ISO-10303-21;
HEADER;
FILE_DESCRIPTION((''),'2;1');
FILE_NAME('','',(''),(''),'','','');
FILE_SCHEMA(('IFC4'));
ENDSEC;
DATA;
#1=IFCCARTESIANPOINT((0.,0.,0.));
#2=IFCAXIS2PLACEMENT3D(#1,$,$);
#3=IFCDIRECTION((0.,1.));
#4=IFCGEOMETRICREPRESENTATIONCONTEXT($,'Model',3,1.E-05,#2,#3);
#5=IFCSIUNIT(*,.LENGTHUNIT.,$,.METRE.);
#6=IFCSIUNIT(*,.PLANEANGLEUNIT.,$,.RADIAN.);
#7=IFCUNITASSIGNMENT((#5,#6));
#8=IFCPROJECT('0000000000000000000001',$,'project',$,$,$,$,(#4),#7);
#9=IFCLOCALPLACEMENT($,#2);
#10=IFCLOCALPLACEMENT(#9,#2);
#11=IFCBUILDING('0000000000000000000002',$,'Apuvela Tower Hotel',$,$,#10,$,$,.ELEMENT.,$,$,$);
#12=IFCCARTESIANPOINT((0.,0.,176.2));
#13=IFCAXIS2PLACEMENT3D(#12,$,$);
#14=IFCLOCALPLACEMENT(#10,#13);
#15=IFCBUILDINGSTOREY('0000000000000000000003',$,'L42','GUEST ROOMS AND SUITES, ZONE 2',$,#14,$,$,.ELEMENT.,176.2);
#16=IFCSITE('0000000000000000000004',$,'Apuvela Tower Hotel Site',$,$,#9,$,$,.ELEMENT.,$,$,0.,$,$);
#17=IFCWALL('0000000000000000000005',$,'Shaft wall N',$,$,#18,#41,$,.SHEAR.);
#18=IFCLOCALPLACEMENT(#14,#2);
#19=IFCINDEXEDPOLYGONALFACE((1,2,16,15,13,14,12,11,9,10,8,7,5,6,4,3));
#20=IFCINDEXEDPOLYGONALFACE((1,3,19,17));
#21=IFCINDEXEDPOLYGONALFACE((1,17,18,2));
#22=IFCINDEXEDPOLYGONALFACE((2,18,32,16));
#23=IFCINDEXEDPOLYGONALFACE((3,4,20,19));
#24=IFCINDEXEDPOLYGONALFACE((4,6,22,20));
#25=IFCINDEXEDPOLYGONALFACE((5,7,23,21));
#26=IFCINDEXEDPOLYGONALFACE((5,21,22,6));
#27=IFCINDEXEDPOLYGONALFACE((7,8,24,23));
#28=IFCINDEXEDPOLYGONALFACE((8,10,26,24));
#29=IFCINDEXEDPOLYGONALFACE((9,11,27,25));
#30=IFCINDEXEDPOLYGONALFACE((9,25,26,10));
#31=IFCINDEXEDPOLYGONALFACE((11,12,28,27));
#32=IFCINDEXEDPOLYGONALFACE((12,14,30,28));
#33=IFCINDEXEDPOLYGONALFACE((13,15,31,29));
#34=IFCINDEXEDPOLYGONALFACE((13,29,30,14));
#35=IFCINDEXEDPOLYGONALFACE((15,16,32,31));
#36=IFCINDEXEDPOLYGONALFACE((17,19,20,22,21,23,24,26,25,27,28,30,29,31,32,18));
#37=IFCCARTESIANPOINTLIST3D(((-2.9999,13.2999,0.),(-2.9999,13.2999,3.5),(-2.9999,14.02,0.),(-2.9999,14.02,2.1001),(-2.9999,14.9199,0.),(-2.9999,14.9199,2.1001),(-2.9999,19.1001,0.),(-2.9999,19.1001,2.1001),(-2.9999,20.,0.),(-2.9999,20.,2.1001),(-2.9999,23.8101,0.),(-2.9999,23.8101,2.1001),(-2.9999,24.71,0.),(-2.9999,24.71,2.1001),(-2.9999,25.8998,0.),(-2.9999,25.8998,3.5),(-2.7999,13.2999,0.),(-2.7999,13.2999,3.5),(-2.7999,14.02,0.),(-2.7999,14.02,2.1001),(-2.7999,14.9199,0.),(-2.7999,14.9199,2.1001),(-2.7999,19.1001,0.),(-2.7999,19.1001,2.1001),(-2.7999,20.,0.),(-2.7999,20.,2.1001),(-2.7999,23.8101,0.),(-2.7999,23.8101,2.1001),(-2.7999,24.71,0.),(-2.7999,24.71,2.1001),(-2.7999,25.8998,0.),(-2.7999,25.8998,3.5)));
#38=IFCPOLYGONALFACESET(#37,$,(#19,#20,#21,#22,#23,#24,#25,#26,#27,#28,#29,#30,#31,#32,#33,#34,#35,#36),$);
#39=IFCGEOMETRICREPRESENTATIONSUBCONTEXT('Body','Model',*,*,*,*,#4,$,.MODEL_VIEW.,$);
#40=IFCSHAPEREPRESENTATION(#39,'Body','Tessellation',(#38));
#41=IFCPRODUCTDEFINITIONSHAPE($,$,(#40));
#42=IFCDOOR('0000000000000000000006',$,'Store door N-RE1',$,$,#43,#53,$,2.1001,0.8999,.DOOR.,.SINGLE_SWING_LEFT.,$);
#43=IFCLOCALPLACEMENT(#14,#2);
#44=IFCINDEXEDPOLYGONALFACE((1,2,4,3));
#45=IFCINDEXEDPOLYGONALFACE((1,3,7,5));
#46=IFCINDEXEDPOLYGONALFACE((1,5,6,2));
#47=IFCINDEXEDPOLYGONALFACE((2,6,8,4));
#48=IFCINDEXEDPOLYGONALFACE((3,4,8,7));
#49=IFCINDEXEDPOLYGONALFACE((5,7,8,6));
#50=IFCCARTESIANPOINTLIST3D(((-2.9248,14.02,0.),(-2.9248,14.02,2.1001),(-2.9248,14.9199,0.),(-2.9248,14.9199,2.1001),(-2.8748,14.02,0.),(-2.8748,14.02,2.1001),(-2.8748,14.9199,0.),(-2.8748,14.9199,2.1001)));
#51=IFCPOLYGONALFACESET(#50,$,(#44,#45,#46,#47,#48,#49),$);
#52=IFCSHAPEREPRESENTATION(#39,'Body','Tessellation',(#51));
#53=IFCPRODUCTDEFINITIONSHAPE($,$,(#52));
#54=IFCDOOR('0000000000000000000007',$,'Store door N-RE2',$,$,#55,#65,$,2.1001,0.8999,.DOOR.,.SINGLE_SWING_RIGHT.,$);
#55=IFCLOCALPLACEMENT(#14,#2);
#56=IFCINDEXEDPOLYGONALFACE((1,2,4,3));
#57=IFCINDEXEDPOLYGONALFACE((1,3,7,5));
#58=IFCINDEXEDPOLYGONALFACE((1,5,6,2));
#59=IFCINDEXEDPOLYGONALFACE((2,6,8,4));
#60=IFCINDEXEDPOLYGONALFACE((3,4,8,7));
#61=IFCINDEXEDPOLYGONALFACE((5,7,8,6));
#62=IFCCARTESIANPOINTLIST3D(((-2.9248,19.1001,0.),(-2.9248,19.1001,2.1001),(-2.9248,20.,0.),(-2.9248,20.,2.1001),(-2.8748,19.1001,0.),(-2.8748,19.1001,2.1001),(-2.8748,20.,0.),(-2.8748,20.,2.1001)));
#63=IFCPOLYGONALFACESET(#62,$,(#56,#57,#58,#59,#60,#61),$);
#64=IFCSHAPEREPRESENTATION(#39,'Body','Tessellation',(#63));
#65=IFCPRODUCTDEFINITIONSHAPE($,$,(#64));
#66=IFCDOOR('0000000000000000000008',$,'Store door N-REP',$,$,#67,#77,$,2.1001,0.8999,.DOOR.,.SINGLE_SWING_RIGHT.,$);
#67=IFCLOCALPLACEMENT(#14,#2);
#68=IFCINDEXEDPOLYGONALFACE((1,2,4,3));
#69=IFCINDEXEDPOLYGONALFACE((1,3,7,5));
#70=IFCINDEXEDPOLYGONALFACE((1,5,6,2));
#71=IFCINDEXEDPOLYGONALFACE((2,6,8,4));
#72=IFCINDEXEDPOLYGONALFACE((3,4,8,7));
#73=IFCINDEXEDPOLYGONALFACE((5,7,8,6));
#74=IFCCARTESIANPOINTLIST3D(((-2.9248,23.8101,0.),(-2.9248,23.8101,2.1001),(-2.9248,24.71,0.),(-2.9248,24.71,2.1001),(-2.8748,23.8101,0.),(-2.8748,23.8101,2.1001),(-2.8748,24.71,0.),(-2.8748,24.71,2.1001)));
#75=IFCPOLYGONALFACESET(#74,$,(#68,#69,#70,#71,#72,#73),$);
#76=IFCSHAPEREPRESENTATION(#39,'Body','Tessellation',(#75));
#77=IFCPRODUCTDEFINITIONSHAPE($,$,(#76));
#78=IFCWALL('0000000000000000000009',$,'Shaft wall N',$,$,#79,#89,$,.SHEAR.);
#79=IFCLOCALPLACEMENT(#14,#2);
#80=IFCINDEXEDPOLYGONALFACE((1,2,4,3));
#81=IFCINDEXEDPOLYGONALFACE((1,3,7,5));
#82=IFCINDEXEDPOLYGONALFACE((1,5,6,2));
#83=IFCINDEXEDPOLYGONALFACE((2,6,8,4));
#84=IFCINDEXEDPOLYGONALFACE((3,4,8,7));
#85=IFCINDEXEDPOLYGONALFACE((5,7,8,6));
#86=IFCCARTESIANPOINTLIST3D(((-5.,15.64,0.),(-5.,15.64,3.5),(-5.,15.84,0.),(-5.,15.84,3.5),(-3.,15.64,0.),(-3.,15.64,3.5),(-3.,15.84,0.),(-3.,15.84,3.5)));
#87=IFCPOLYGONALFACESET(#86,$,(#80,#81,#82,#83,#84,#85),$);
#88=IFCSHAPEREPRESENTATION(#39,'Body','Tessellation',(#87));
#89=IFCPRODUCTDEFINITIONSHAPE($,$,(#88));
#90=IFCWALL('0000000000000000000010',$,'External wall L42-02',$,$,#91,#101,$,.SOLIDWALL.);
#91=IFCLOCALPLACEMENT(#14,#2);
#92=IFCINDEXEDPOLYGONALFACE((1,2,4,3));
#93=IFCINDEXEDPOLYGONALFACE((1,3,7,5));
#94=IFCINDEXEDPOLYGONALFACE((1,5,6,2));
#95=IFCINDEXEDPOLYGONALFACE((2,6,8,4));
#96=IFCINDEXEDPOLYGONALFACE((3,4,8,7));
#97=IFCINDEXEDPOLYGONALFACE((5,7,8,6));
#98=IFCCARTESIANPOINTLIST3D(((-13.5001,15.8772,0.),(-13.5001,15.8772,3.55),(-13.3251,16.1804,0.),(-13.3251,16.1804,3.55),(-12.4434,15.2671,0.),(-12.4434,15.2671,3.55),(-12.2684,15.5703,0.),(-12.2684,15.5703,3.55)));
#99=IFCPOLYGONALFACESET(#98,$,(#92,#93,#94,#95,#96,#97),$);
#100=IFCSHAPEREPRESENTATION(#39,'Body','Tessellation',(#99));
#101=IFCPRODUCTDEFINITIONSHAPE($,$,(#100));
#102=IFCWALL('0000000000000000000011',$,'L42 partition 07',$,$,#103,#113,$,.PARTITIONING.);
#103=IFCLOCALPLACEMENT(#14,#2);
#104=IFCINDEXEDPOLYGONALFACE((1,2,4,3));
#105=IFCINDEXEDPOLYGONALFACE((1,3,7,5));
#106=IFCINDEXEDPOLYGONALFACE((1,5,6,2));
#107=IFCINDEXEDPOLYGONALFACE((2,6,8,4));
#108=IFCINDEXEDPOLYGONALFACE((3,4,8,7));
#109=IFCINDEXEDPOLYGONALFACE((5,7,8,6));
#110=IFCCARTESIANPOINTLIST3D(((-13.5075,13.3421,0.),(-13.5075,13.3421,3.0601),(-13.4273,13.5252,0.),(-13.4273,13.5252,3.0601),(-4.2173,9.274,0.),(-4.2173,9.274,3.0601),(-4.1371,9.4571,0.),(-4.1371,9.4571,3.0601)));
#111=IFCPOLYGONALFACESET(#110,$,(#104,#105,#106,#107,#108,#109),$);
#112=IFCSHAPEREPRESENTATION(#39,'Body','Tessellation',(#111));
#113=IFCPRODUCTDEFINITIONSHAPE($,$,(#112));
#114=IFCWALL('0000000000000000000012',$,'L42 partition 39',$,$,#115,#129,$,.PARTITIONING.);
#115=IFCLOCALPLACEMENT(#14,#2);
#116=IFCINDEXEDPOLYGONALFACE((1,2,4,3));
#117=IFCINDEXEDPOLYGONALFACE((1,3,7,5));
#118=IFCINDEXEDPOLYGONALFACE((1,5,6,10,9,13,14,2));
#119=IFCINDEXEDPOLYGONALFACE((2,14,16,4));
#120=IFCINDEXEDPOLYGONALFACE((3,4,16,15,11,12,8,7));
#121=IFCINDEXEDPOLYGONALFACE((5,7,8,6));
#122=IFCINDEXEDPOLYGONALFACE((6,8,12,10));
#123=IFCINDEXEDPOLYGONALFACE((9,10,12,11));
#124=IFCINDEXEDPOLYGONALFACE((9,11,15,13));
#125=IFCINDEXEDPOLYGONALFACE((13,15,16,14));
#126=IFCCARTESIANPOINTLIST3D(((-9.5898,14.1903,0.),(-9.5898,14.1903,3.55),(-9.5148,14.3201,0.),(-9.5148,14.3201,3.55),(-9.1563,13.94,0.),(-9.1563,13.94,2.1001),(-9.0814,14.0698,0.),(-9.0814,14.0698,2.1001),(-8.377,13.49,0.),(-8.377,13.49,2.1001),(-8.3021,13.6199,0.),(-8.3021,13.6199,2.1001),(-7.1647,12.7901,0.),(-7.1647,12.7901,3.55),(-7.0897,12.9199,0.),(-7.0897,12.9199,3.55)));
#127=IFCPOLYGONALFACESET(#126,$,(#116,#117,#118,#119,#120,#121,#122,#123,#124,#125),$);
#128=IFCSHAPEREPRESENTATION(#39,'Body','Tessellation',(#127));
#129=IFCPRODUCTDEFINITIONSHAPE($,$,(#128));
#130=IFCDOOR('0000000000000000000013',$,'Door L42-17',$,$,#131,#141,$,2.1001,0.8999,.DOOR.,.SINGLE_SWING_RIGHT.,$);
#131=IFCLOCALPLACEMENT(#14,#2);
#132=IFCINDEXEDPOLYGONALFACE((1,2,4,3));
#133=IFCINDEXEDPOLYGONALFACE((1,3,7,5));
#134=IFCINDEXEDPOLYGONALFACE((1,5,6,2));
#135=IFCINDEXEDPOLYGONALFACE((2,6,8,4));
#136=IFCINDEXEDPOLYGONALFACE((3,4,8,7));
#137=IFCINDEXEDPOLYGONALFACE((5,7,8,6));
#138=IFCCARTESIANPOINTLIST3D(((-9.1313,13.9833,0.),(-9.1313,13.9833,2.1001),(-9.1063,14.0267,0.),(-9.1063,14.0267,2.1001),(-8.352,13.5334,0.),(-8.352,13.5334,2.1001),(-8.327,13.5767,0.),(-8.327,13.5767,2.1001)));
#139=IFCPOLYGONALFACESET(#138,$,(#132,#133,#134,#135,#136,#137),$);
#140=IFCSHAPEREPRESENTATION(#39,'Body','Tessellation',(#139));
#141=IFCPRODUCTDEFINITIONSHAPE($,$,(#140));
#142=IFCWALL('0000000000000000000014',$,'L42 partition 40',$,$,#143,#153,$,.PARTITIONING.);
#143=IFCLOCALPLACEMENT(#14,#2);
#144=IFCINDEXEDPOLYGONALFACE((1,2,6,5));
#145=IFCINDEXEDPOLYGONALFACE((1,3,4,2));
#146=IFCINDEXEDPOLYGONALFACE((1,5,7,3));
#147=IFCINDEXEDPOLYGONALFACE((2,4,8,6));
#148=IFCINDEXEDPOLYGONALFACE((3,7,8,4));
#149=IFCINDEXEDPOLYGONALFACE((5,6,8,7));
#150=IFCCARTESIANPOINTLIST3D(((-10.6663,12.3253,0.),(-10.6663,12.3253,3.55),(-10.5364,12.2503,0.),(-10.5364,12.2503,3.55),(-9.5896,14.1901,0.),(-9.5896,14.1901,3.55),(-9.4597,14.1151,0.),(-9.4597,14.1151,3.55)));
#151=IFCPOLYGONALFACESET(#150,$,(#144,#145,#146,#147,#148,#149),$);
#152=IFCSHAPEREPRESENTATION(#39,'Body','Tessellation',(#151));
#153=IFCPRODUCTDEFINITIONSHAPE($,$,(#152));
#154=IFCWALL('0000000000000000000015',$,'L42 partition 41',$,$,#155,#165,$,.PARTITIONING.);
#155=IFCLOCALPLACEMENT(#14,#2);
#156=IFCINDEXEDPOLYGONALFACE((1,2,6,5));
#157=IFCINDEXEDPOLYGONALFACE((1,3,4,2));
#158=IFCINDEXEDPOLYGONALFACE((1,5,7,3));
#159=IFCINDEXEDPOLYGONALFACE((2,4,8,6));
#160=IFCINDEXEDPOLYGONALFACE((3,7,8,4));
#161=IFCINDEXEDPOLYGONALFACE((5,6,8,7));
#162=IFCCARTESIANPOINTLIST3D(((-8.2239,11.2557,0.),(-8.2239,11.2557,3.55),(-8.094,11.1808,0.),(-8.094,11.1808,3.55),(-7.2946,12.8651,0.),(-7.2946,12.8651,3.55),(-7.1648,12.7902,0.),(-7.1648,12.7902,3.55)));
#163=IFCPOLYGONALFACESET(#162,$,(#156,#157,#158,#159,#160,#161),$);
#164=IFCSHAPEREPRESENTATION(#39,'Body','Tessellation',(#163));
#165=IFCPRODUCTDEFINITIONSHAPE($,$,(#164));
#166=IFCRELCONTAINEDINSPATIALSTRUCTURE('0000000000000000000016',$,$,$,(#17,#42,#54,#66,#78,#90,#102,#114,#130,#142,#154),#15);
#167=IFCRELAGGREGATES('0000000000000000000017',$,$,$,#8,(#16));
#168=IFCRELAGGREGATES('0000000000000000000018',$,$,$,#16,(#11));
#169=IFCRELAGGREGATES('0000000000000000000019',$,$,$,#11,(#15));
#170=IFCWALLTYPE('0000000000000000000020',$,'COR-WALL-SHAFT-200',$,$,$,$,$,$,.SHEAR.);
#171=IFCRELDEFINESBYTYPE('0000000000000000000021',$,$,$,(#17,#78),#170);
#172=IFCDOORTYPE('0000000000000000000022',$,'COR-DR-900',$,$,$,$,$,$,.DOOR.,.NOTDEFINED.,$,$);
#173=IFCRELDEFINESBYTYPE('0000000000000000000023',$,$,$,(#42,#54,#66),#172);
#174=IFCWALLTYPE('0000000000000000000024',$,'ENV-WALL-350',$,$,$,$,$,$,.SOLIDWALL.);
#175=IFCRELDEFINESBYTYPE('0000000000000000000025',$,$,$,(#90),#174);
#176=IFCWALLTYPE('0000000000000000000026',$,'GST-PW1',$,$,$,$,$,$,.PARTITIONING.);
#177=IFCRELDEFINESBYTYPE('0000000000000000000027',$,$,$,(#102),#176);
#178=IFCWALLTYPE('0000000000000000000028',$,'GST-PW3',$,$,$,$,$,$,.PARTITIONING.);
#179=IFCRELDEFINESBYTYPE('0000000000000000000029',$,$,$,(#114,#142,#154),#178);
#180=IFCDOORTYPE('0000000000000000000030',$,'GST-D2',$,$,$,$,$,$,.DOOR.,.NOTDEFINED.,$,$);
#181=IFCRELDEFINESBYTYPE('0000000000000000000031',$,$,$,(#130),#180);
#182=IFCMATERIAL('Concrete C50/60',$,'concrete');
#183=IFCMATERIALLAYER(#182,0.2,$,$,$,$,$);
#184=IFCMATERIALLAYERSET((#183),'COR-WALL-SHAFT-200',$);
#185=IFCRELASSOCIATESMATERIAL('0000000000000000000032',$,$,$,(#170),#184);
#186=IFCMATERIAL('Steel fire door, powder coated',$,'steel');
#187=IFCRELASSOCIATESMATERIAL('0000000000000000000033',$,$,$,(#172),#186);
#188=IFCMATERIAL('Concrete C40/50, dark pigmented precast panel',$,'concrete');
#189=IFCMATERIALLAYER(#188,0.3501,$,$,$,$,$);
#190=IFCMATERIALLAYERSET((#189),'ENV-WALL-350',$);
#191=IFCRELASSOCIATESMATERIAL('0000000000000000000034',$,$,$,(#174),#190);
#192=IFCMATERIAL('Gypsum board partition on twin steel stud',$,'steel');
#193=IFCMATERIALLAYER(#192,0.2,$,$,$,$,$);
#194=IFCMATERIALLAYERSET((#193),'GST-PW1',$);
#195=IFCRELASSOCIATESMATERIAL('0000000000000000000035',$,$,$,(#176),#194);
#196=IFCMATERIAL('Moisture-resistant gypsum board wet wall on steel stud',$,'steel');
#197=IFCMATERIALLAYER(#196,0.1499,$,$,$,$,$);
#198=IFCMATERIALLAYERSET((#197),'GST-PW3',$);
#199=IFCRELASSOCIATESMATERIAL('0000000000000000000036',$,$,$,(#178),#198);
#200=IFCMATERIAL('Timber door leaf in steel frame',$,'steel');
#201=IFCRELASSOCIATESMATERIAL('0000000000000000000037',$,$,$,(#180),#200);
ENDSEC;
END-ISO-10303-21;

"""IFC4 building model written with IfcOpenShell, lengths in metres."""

from ifc_helpers import new_model, si_unit, direction, frame, frame_2d, origin, place, context, subcontext, project, spatial, rectangle, extrude, material, layer, layer_set, type_object, element, fill, save


model = new_model("IFC4")

# Units and contexts
model_context = context("Model", 3, precision=1e-05, world=origin(), true_north=direction((0.0, 1.0)))
body_context = subcontext(model_context, "Body", "Model", "MODEL_VIEW")
ifc_project = project(units=[si_unit("LENGTHUNIT", "METRE"), si_unit("PLANEANGLEUNIT", "RADIAN")], contexts=[model_context])

# Site, building, storey
site_placement = place(None, origin())
site = spatial("IfcSite", under=ifc_project, at=site_placement, Name="Apuvela Tower Hotel Site", CompositionType="ELEMENT", RefElevation=0.0)
building_placement = place(site_placement, origin())
building = spatial("IfcBuilding", under=site, at=building_placement, Name="Apuvela Tower Hotel", CompositionType="ELEMENT")
storey_placement = place(building_placement, frame((0.0, 0.0, 176.2)))
storey = spatial("IfcBuildingStorey", under=building, at=storey_placement, Name="L42", Description="GUEST ROOMS AND SUITES, ZONE 2", CompositionType="ELEMENT", Elevation=176.2)

# Shared definitions
ifc_material_1 = material(Name="Concrete C50/60", Category="concrete")
ifc_layer_1 = layer(ifc_material_1, 0.2)
ifc_layer_set_1 = layer_set([ifc_layer_1], Name="COR-WALL-SHAFT-200")
wall_type_1 = type_object("IfcWallType", Name="COR-WALL-SHAFT-200", PredefinedType="SHEAR", material=ifc_layer_set_1)

# Wall, openings, doors
wall_1_placement = place(storey_placement, frame((-2.8999, 13.3, 0.0), z_axis=(0.0, 0.0, 1.0), x_axis=(0.0, 1.0, 0.0)))
wall_1 = element("IfcWall", 1, at=wall_1_placement, inside=storey, type_object=wall_type_1, Name="Shaft wall N", PredefinedType="SHEAR", context=body_context, shape_type="SweptSolid", body=[
    extrude(rectangle(XDim=12.5999, YDim=0.2, at=frame_2d((6.2998, 0.0))), origin(), (0.0, 0.0, 1.0), 3.5),
])
opening_1_placement = place(wall_1_placement, frame((0.72, 0.0, 0.0)))
opening_1 = element("IfcOpeningElement", 2, at=opening_1_placement, cuts=wall_1, PredefinedType="OPENING", context=body_context, shape_type="SweptSolid", body=[
    extrude(rectangle(XDim=0.8999, YDim=2.1001, at=frame_2d((0.45, 1.05))), frame((0.0, 0.1099, 0.0), z_axis=(0.0, -1.0, 0.0), x_axis=(1.0, 0.0, 0.0)), (0.0, 0.0, 1.0), 0.22),
])
opening_2_placement = place(wall_1_placement, frame((5.8, 0.0, 0.0)))
opening_2 = element("IfcOpeningElement", 3, at=opening_2_placement, cuts=wall_1, PredefinedType="OPENING", context=body_context, shape_type="SweptSolid", body=[
    extrude(rectangle(XDim=0.8999, YDim=2.1001, at=frame_2d((0.45, 1.05))), frame((0.0, 0.1099, 0.0), z_axis=(0.0, -1.0, 0.0), x_axis=(1.0, 0.0, 0.0)), (0.0, 0.0, 1.0), 0.22),
])
opening_3_placement = place(wall_1_placement, frame((10.51, 0.0, 0.0)))
opening_3 = element("IfcOpeningElement", 4, at=opening_3_placement, cuts=wall_1, PredefinedType="OPENING", context=body_context, shape_type="SweptSolid", body=[
    extrude(rectangle(XDim=0.8999, YDim=2.1001, at=frame_2d((0.45, 1.05))), frame((0.0, 0.1099, 0.0), z_axis=(0.0, -1.0, 0.0), x_axis=(1.0, 0.0, 0.0)), (0.0, 0.0, 1.0), 0.22),
])
ifc_material_2 = material(Name="Steel fire door, powder coated", Category="steel")
door_type_1 = type_object("IfcDoorType", Name="COR-DR-900", OperationType="NOTDEFINED", PredefinedType="DOOR", material=ifc_material_2)
door_1_placement = place(opening_1_placement, origin())
door_1 = element("IfcDoor", 5, at=door_1_placement, inside=storey, type_object=door_type_1, Name="Store door N-RE1", OperationType="SINGLE_SWING_LEFT", OverallHeight=2.1001, OverallWidth=0.8999, PredefinedType="DOOR", context=body_context, shape_type="SweptSolid", body=[
    extrude(rectangle(XDim=0.8999, YDim=2.1001, at=frame_2d((0.45, 1.05))), frame((0.0, 0.0249, 0.0), z_axis=(0.0, -1.0, 0.0), x_axis=(1.0, 0.0, 0.0)), (0.0, 0.0, 1.0), 0.05),
])
fill(opening_1, door_1)
door_2_placement = place(opening_2_placement, origin())
door_2 = element("IfcDoor", 6, at=door_2_placement, inside=storey, type_object=door_type_1, Name="Store door N-RE2", OperationType="SINGLE_SWING_RIGHT", OverallHeight=2.1001, OverallWidth=0.8999, PredefinedType="DOOR", context=body_context, shape_type="SweptSolid", body=[
    extrude(rectangle(XDim=0.8999, YDim=2.1001, at=frame_2d((0.45, 1.05))), frame((0.0, 0.0249, 0.0), z_axis=(0.0, -1.0, 0.0), x_axis=(1.0, 0.0, 0.0)), (0.0, 0.0, 1.0), 0.05),
])
fill(opening_2, door_2)
door_3_placement = place(opening_3_placement, origin())
door_3 = element("IfcDoor", 7, at=door_3_placement, inside=storey, type_object=door_type_1, Name="Store door N-REP", OperationType="SINGLE_SWING_RIGHT", OverallHeight=2.1001, OverallWidth=0.8999, PredefinedType="DOOR", context=body_context, shape_type="SweptSolid", body=[
    extrude(rectangle(XDim=0.8999, YDim=2.1001, at=frame_2d((0.45, 1.05))), frame((0.0, 0.0249, 0.0), z_axis=(0.0, -1.0, 0.0), x_axis=(1.0, 0.0, 0.0)), (0.0, 0.0, 1.0), 0.05),
])
fill(opening_3, door_3)

# Walls
wall_2_placement = place(storey_placement, frame((-3.0, 15.74, 0.0), z_axis=(0.0, 0.0, 1.0), x_axis=(-1.0, 0.0, 0.0)))
element("IfcWall", 8, at=wall_2_placement, inside=storey, type_object=wall_type_1, Name="Shaft wall N", PredefinedType="SHEAR", context=body_context, shape_type="SweptSolid", body=[
    extrude(rectangle(XDim=2.0, YDim=0.2, at=frame_2d((1.0, 0.0))), origin(), (0.0, 0.0, 1.0), 3.5),
])
ifc_material_3 = material(Name="Concrete C40/50, dark pigmented precast panel", Category="concrete")
ifc_layer_2 = layer(ifc_material_3, 0.3501)
ifc_layer_set_2 = layer_set([ifc_layer_2], Name="ENV-WALL-350")
wall_type_2 = type_object("IfcWallType", Name="ENV-WALL-350", PredefinedType="SOLIDWALL", material=ifc_layer_set_2)
wall_3_placement = place(storey_placement, frame((-13.4126, 16.0288, 0.0), z_axis=(0.0, 0.0, 1.0), x_axis=(0.866006, -0.500034, 0.0)))
element("IfcWall", 9, at=wall_3_placement, inside=storey, type_object=wall_type_2, Name="External wall L42-02", PredefinedType="SOLIDWALL", context=body_context, shape_type="SweptSolid", body=[
    extrude(rectangle(XDim=1.2202, YDim=0.3501, at=frame_2d((0.6101, 0.0))), origin(), (0.0, 0.0, 1.0), 3.55),
])

# Wall
ifc_material_4 = material(Name="Gypsum board partition on twin steel stud", Category="steel")
ifc_layer_3 = layer(ifc_material_4, 0.2)
ifc_layer_set_3 = layer_set([ifc_layer_3], Name="GST-PW1")
wall_type_3 = type_object("IfcWallType", Name="GST-PW1", PredefinedType="PARTITIONING", material=ifc_layer_set_3)
wall_4_placement = place(storey_placement, frame((-13.4673, 13.4336, 0.0), z_axis=(0.0, 0.0, 1.0), x_axis=(0.916026, -0.401118, 0.0)))
element("IfcWall", 10, at=wall_4_placement, inside=storey, type_object=wall_type_3, Name="L42 partition 07", PredefinedType="PARTITIONING", context=body_context, shape_type="SweptSolid", body=[
    extrude(rectangle(XDim=10.1418, YDim=0.2, at=frame_2d((5.0708, 0.0))), origin(), (0.0, 0.0, 1.0), 3.0601),
])

# Wall, opening, door
ifc_material_5 = material(Name="Moisture-resistant gypsum board wet wall on steel stud", Category="steel")
ifc_layer_4 = layer(ifc_material_5, 0.1499)
ifc_layer_set_4 = layer_set([ifc_layer_4], Name="GST-PW3")
wall_type_4 = type_object("IfcWallType", Name="GST-PW3", PredefinedType="PARTITIONING", material=ifc_layer_set_4)
wall_5_placement = place(storey_placement, frame((-7.1272, 12.855, 0.0), z_axis=(0.0, 0.0, 1.0), x_axis=(-0.866019, 0.500012, 0.0)))
wall_5 = element("IfcWall", 11, at=wall_5_placement, inside=storey, type_object=wall_type_4, Name="L42 partition 39", PredefinedType="PARTITIONING", context=body_context, shape_type="SweptSolid", body=[
    extrude(rectangle(XDim=2.8003, YDim=0.1499, at=frame_2d((1.4001, 0.0))), origin(), (0.0, 0.0, 1.0), 3.55),
])
opening_4_placement = place(wall_5_placement, frame((1.3999, 0.0, 0.0)))
opening_4 = element("IfcOpeningElement", 12, at=opening_4_placement, cuts=wall_5, PredefinedType="OPENING", context=body_context, shape_type="SweptSolid", body=[
    extrude(rectangle(XDim=0.8999, YDim=2.1001, at=frame_2d((0.45, 1.05))), frame((0.0, 0.085, 0.0), z_axis=(0.0, -1.0, 0.0), x_axis=(1.0, 0.0, 0.0)), (0.0, 0.0, 1.0), 0.1699),
])
ifc_material_6 = material(Name="Timber door leaf in steel frame", Category="steel")
door_type_2 = type_object("IfcDoorType", Name="GST-D2", OperationType="NOTDEFINED", PredefinedType="DOOR", material=ifc_material_6)
door_4_placement = place(opening_4_placement, origin())
door_4 = element("IfcDoor", 13, at=door_4_placement, inside=storey, type_object=door_type_2, Name="Door L42-17", OperationType="SINGLE_SWING_RIGHT", OverallHeight=2.1001, OverallWidth=0.8999, PredefinedType="DOOR", context=body_context, shape_type="SweptSolid", body=[
    extrude(rectangle(XDim=0.8999, YDim=2.1001, at=frame_2d((0.45, 1.05))), frame((0.0, 0.0249, 0.0), z_axis=(0.0, -1.0, 0.0), x_axis=(1.0, 0.0, 0.0)), (0.0, 0.0, 1.0), 0.05),
])
fill(opening_4, door_4)

# Walls
wall_6_placement = place(storey_placement, frame((-9.5247, 14.1526, 0.0), z_axis=(0.0, 0.0, 1.0), x_axis=(-0.500017, -0.866016, 0.0)))
element("IfcWall", 14, at=wall_6_placement, inside=storey, type_object=wall_type_4, Name="L42 partition 40", PredefinedType="PARTITIONING", context=body_context, shape_type="SweptSolid", body=[
    extrude(rectangle(XDim=2.1533, YDim=0.1499, at=frame_2d((1.0767, 0.0))), origin(), (0.0, 0.0, 1.0), 3.55),
])
wall_7_placement = place(storey_placement, frame((-7.2297, 12.8276, 0.0), z_axis=(0.0, 0.0, 1.0), x_axis=(-0.500011, -0.866019, 0.0)))
element("IfcWall", 15, at=wall_7_placement, inside=storey, type_object=wall_type_4, Name="L42 partition 41", PredefinedType="PARTITIONING", context=body_context, shape_type="SweptSolid", body=[
    extrude(rectangle(XDim=1.8584, YDim=0.1499, at=frame_2d((0.9292, 0.0))), origin(), (0.0, 0.0, 1.0), 3.55),
])

save(model, "model.ifc")
